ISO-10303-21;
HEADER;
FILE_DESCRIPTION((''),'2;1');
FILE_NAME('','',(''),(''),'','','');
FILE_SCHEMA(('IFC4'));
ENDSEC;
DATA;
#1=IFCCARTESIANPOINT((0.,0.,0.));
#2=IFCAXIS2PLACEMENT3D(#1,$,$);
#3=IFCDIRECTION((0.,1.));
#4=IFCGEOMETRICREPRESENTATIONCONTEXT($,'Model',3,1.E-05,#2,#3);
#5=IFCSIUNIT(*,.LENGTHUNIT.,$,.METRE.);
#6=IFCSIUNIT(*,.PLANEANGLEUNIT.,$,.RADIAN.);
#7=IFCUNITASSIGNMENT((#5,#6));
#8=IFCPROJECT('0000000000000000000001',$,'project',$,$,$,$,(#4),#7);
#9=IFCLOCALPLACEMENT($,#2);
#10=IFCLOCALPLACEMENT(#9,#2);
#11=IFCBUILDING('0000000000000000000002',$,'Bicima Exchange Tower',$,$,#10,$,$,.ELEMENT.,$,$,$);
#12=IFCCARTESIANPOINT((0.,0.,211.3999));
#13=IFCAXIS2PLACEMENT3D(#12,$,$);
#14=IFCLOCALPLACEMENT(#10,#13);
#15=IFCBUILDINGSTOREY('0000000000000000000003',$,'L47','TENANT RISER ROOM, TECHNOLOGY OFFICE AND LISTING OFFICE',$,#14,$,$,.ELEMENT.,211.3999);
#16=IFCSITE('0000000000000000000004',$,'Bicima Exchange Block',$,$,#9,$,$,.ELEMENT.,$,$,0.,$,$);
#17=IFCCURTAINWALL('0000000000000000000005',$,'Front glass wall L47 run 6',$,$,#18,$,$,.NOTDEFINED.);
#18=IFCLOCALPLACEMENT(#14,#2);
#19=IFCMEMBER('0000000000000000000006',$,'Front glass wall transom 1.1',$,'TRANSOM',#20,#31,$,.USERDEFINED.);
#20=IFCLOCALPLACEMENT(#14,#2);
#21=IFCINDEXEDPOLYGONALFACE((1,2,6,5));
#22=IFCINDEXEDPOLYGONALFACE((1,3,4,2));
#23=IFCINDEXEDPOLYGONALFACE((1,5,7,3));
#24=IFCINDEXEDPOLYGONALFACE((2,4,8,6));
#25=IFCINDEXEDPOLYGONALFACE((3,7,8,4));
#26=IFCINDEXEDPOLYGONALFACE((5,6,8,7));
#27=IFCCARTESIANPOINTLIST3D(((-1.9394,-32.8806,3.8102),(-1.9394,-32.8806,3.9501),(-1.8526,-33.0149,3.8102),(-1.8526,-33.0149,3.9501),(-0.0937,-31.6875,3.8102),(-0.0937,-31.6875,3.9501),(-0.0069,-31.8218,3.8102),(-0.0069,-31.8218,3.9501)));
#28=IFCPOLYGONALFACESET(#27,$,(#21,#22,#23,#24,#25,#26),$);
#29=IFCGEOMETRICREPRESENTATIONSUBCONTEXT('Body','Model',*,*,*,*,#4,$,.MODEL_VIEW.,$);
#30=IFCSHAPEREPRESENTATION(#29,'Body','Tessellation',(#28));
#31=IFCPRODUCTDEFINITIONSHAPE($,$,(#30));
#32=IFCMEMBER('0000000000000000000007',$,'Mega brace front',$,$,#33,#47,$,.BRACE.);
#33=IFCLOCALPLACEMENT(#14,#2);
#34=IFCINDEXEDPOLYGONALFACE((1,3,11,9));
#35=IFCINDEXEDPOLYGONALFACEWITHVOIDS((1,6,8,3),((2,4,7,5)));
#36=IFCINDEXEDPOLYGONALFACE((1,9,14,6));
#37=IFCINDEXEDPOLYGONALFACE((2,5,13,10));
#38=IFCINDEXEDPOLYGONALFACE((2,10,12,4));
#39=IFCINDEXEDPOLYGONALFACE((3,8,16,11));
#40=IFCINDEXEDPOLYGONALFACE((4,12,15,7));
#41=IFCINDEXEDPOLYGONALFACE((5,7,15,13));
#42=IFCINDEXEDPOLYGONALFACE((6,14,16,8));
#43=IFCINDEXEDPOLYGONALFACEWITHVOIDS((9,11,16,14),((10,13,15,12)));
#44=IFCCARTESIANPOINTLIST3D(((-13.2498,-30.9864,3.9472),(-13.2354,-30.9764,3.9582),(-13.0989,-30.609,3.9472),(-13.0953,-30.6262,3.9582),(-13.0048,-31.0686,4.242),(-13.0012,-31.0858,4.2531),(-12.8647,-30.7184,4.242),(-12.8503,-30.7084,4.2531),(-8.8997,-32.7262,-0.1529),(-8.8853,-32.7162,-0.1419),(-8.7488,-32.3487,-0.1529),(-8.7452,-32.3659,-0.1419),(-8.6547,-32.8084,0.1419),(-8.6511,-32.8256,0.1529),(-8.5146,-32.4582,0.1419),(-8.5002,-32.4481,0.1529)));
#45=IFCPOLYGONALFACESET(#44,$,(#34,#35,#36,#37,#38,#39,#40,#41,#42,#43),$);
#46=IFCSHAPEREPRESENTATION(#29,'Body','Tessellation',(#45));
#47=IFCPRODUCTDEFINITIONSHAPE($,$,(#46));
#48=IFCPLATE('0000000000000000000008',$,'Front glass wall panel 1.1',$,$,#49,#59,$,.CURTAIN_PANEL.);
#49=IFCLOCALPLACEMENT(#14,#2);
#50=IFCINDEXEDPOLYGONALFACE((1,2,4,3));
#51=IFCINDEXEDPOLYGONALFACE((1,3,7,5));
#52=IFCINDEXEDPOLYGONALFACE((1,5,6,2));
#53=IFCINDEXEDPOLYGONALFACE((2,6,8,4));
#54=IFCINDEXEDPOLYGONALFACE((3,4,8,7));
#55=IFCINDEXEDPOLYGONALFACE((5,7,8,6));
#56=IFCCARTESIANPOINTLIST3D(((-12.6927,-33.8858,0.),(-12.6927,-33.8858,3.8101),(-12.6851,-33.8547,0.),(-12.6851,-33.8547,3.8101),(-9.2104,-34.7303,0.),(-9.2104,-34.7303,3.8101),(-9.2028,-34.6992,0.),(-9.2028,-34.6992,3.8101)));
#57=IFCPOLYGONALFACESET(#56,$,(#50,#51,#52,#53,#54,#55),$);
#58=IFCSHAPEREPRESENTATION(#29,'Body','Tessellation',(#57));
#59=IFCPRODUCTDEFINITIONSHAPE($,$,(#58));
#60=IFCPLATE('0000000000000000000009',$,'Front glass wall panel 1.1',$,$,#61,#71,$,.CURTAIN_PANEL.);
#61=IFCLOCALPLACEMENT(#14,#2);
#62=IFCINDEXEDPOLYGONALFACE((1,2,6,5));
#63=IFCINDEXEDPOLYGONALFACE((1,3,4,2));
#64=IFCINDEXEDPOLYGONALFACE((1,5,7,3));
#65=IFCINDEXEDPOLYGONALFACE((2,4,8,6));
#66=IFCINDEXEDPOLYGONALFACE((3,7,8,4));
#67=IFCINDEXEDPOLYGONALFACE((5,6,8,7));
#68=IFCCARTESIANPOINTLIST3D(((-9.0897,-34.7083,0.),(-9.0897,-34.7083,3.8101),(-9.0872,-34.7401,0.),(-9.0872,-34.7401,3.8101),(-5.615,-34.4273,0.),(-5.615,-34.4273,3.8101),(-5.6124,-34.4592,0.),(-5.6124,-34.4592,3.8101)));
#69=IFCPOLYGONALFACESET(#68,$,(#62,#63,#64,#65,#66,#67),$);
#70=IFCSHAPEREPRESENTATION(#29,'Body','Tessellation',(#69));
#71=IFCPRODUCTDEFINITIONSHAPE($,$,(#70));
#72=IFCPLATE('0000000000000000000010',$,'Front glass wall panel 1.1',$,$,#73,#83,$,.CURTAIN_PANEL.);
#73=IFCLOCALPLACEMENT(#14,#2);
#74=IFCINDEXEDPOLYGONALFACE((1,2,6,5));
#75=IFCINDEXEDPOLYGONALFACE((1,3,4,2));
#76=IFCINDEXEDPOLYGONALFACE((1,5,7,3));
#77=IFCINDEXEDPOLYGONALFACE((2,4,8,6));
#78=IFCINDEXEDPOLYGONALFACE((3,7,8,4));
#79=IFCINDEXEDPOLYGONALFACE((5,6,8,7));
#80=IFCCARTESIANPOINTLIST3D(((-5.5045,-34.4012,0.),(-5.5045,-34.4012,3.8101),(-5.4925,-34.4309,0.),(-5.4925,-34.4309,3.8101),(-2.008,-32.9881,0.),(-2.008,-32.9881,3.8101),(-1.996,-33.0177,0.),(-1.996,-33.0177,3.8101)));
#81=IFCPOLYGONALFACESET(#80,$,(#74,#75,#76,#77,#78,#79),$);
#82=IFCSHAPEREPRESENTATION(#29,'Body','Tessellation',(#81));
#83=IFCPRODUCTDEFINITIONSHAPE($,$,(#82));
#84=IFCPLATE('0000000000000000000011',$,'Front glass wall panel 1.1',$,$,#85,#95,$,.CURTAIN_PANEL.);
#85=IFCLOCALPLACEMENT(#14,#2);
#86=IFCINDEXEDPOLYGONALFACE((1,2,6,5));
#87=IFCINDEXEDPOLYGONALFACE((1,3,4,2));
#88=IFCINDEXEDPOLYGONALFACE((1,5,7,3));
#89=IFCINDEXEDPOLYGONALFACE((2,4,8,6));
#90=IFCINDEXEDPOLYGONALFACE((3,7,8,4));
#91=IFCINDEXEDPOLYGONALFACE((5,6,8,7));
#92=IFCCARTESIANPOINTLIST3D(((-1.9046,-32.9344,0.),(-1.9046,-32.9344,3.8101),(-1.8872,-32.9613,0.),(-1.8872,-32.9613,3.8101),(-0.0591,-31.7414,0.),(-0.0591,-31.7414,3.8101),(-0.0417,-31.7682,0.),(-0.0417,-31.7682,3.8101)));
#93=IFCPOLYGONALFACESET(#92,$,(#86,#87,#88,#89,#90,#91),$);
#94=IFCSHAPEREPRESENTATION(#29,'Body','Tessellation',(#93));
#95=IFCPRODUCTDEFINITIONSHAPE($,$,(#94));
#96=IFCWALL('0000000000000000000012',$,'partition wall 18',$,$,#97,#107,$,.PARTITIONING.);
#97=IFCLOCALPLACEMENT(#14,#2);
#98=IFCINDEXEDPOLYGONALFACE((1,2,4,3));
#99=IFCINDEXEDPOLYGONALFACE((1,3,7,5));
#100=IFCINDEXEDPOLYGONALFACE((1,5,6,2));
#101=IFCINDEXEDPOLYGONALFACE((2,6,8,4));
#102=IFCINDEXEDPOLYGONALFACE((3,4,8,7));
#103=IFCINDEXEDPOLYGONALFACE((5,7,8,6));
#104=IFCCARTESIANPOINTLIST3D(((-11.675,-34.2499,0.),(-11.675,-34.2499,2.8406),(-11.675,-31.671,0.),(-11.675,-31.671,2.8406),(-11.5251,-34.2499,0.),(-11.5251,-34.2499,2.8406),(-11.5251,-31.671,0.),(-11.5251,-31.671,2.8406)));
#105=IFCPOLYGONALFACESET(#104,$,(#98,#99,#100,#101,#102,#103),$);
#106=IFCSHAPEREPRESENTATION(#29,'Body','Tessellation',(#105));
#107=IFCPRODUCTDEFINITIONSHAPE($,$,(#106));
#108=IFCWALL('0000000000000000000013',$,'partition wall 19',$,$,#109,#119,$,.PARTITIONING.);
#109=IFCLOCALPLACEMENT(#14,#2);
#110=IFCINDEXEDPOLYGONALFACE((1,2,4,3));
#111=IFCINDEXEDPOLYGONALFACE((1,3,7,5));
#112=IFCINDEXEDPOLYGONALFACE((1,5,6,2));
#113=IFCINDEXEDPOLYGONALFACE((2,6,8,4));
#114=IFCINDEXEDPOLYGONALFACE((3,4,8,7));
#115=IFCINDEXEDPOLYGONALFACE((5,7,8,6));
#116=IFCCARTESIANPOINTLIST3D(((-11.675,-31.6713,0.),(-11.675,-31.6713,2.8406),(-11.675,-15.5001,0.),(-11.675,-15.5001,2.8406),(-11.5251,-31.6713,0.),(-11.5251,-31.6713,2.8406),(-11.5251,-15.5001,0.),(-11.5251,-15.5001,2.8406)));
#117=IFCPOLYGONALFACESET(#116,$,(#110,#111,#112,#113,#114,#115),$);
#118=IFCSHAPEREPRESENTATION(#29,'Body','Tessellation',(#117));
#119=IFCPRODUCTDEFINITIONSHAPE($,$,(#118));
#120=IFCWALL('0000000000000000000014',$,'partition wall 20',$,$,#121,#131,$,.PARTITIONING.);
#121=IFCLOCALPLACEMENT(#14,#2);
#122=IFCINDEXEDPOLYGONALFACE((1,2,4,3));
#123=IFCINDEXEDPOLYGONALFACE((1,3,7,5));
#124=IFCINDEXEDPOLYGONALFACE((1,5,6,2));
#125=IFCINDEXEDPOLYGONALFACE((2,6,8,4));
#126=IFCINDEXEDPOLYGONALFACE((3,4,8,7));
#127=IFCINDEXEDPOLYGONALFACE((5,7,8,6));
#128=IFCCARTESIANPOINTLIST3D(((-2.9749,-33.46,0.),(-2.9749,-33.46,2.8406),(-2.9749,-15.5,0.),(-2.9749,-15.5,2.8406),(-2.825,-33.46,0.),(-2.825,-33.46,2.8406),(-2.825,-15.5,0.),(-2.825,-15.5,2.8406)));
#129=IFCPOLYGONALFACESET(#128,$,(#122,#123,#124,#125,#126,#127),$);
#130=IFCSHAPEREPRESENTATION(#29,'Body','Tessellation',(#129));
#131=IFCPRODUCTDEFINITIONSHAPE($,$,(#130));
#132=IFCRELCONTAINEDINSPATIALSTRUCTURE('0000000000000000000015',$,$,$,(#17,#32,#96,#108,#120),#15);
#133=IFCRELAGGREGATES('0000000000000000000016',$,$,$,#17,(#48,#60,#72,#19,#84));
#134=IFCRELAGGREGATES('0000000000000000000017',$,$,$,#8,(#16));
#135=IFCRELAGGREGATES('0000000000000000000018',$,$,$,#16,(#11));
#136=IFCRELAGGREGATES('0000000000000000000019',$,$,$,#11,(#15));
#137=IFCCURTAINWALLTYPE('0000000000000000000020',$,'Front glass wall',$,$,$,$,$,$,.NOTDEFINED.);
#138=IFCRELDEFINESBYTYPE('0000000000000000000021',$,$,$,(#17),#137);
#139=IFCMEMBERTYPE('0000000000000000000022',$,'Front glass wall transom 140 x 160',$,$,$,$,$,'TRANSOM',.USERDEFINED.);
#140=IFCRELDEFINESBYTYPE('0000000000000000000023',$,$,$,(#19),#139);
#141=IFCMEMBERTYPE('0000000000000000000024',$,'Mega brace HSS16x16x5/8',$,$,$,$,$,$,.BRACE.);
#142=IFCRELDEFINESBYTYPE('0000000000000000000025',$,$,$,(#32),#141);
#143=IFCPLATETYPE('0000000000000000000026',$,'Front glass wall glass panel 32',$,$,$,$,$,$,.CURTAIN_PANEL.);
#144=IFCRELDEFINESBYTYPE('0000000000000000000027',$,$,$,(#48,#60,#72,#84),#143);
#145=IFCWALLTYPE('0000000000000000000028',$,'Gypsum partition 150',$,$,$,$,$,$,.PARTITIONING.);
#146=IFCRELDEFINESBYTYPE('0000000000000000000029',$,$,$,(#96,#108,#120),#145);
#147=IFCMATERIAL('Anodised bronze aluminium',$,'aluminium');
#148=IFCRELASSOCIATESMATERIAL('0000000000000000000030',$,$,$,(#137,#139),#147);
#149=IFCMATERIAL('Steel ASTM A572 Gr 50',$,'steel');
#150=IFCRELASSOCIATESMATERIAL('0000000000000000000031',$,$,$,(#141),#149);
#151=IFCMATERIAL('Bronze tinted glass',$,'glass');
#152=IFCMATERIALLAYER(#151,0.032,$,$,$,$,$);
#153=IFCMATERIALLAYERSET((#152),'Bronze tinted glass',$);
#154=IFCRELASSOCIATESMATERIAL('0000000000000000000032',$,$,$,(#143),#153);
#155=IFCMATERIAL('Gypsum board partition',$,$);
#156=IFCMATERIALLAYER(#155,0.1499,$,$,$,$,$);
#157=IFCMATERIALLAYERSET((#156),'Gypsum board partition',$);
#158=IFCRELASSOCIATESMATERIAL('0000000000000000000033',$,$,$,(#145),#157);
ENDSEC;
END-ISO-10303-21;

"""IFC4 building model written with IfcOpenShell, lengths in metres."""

from ifc_helpers import new_model, si_unit, direction, frame, frame_2d, origin, origin_2d, place, context, subcontext, project, spatial, rectangle, hollow_rectangle, extrude, material, layer, layer_set, material_profile, profile_set, type_object, element, aggregate, save


model = new_model("IFC4")

# Units and contexts
model_context = context("Model", 3, precision=1e-05, world=origin(), true_north=direction((0.0, 1.0)))
body_context = subcontext(model_context, "Body", "Model", "MODEL_VIEW")
ifc_project = project(units=[si_unit("LENGTHUNIT", "METRE"), si_unit("PLANEANGLEUNIT", "RADIAN")], contexts=[model_context])

# Site, building, storey
site_placement = place(None, origin())
site = spatial("IfcSite", under=ifc_project, at=site_placement, Name="Bicima Exchange Block", CompositionType="ELEMENT", RefElevation=0.0)
building_placement = place(site_placement, origin())
building = spatial("IfcBuilding", under=site, at=building_placement, Name="Bicima Exchange Tower", CompositionType="ELEMENT")
storey_placement = place(building_placement, frame((0.0, 0.0, 211.3999)))
storey = spatial("IfcBuildingStorey", under=building, at=storey_placement, Name="L47", Description="TENANT RISER ROOM, TECHNOLOGY OFFICE AND LISTING OFFICE", CompositionType="ELEMENT", Elevation=211.3999)

# Curtain wall, member
ifc_material_1 = material(Name="Anodised bronze aluminium", Category="aluminium")
curtain_wall_type = type_object("IfcCurtainWallType", Name="Front glass wall", PredefinedType="NOTDEFINED", material=ifc_material_1)
curtain_wall_placement = place(storey_placement, origin())
curtain_wall = element("IfcCurtainWall", 1, at=curtain_wall_placement, inside=storey, type_object=curtain_wall_type, Name="Front glass wall L47 run 6", PredefinedType="NOTDEFINED")
ifc_material_profile_1 = material_profile(ifc_material_1, rectangle(XDim=0.1599, YDim=0.1399, at=origin_2d()))
ifc_profile_set_1 = profile_set([ifc_material_profile_1], Name="Anodised bronze aluminium")
member_type_1 = type_object("IfcMemberType", Name="Front glass wall transom 140 x 160", ElementType="TRANSOM", PredefinedType="USERDEFINED", material=ifc_profile_set_1)
member_1_placement = place(storey_placement, frame((-1.896, -32.9478, 3.8801), z_axis=(0.839811, 0.542878, 0.0), x_axis=(-0.542878, 0.839811, 0.0)))
member_1 = element("IfcMember", 2, at=member_1_placement, type_object=member_type_1, Name="Front glass wall transom 1.1", ObjectType="TRANSOM", PredefinedType="USERDEFINED", context=body_context, shape_type="SweptSolid", body=[
    extrude(rectangle(XDim=0.1599, YDim=0.1399, at=origin_2d()), origin(), (0.0, 0.0, 1.0), 2.1978),
])

# Member
ifc_material_2 = material(Name="Steel ASTM A572 Gr 50", Category="steel")
ifc_material_profile_2 = material_profile(ifc_material_2, hollow_rectangle(XDim=0.4065, YDim=0.4065, WallThickness=0.0146, at=origin_2d()))
ifc_profile_set_2 = profile_set([ifc_material_profile_2], Name="Steel ASTM A572 Gr 50")
member_type_2 = type_object("IfcMemberType", Name="Mega brace HSS16x16x5/8", PredefinedType="BRACE", material=ifc_profile_set_2)
member_2_placement = place(storey_placement, frame((-8.7, -32.5872, 0.0), z_axis=(-0.698719, 0.27944, 0.658563), x_axis=(-0.371337, -0.928498, 0.0)))
element("IfcMember", 3, at=member_2_placement, inside=storey, type_object=member_type_2, Name="Mega brace front", PredefinedType="BRACE", context=body_context, shape_type="SweptSolid", body=[
    extrude(hollow_rectangle(XDim=0.4065, YDim=0.4065, WallThickness=0.0146, at=origin_2d()), origin(), (0.0, 0.0, 1.0), 6.2258),
])

# Plates
ifc_material_3 = material(Name="Bronze tinted glass", Category="glass")
ifc_layer_1 = layer(ifc_material_3, 0.032)
ifc_layer_set_1 = layer_set([ifc_layer_1], Name="Bronze tinted glass")
plate_type = type_object("IfcPlateType", Name="Front glass wall glass panel 32", PredefinedType="CURTAIN_PANEL", material=ifc_layer_set_1)
plate_1_placement = place(storey_placement, frame((-10.9478, -34.2925, 0.0), z_axis=(0.0, 0.0, 1.0), x_axis=(0.97183, -0.235682, 0.0)))
plate_1 = element("IfcPlate", 4, at=plate_1_placement, type_object=plate_type, Name="Front glass wall panel 1.1", PredefinedType="CURTAIN_PANEL", context=body_context, shape_type="SweptSolid", body=[
    extrude(rectangle(XDim=3.5833, YDim=0.032, at=origin_2d()), origin(), (0.0, 0.0, 1.0), 3.8101),
])
plate_2_placement = place(storey_placement, frame((-7.3511, -34.5837, 0.0), z_axis=(0.0, 0.0, 1.0), x_axis=(0.996747, 0.080589, 0.0)))
plate_2 = element("IfcPlate", 5, at=plate_2_placement, type_object=plate_type, Name="Front glass wall panel 1.1", PredefinedType="CURTAIN_PANEL", context=body_context, shape_type="SweptSolid", body=[
    extrude(rectangle(XDim=3.4861, YDim=0.032, at=origin_2d()), origin(), (0.0, 0.0, 1.0), 3.8101),
])
plate_3_placement = place(storey_placement, frame((-3.7502, -33.7095, 0.0), z_axis=(0.0, 0.0, 1.0), x_axis=(0.927144, 0.374705, 0.0)))
plate_3 = element("IfcPlate", 6, at=plate_3_placement, type_object=plate_type, Name="Front glass wall panel 1.1", PredefinedType="CURTAIN_PANEL", context=body_context, shape_type="SweptSolid", body=[
    extrude(rectangle(XDim=3.7712, YDim=0.032, at=origin_2d()), origin(), (0.0, 0.0, 1.0), 3.8101),
])
plate_4_placement = place(storey_placement, frame((-0.9731, -32.3513, 0.0), z_axis=(0.0, 0.0, 1.0), x_axis=(0.839799, 0.542897, 0.0)))
plate_4 = element("IfcPlate", 7, at=plate_4_placement, type_object=plate_type, Name="Front glass wall panel 1.1", PredefinedType="CURTAIN_PANEL", context=body_context, shape_type="SweptSolid", body=[
    extrude(rectangle(XDim=2.1975, YDim=0.032, at=origin_2d()), origin(), (0.0, 0.0, 1.0), 3.8101),
])
aggregate(curtain_wall, [plate_1, plate_2, plate_3, member_1, plate_4])

# Walls
ifc_material_4 = material(Name="Gypsum board partition")
ifc_layer_2 = layer(ifc_material_4, 0.1499)
ifc_layer_set_2 = layer_set([ifc_layer_2], Name="Gypsum board partition")
wall_type = type_object("IfcWallType", Name="Gypsum partition 150", PredefinedType="PARTITIONING", material=ifc_layer_set_2)
wall_1_placement = place(storey_placement, frame((-11.6001, -34.25, 0.0), z_axis=(0.0, 0.0, 1.0), x_axis=(0.0, 1.0, 0.0)))
element("IfcWall", 8, at=wall_1_placement, inside=storey, type_object=wall_type, Name="partition wall 18", PredefinedType="PARTITIONING", context=body_context, shape_type="SweptSolid", body=[
    extrude(rectangle(XDim=2.5789, YDim=0.1499, at=frame_2d((1.2896, 0.0))), origin(), (0.0, 0.0, 1.0), 2.8406),
])
wall_2_placement = place(storey_placement, frame((-11.6001, -31.6711, 0.0), z_axis=(0.0, 0.0, 1.0), x_axis=(0.0, 1.0, 0.0)))
element("IfcWall", 9, at=wall_2_placement, inside=storey, type_object=wall_type, Name="partition wall 19", PredefinedType="PARTITIONING", context=body_context, shape_type="SweptSolid", body=[
    extrude(rectangle(XDim=16.1711, YDim=0.1499, at=frame_2d((8.0854, 0.0))), origin(), (0.0, 0.0, 1.0), 2.8406),
])
wall_3_placement = place(storey_placement, frame((-2.8999, -33.46, 0.0), z_axis=(0.0, 0.0, 1.0), x_axis=(0.0, 1.0, 0.0)))
element("IfcWall", 10, at=wall_3_placement, inside=storey, type_object=wall_type, Name="partition wall 20", PredefinedType="PARTITIONING", context=body_context, shape_type="SweptSolid", body=[
    extrude(rectangle(XDim=17.96, YDim=0.1499, at=frame_2d((8.98, 0.0))), origin(), (0.0, 0.0, 1.0), 2.8406),
])

save(model, "model.ifc")
